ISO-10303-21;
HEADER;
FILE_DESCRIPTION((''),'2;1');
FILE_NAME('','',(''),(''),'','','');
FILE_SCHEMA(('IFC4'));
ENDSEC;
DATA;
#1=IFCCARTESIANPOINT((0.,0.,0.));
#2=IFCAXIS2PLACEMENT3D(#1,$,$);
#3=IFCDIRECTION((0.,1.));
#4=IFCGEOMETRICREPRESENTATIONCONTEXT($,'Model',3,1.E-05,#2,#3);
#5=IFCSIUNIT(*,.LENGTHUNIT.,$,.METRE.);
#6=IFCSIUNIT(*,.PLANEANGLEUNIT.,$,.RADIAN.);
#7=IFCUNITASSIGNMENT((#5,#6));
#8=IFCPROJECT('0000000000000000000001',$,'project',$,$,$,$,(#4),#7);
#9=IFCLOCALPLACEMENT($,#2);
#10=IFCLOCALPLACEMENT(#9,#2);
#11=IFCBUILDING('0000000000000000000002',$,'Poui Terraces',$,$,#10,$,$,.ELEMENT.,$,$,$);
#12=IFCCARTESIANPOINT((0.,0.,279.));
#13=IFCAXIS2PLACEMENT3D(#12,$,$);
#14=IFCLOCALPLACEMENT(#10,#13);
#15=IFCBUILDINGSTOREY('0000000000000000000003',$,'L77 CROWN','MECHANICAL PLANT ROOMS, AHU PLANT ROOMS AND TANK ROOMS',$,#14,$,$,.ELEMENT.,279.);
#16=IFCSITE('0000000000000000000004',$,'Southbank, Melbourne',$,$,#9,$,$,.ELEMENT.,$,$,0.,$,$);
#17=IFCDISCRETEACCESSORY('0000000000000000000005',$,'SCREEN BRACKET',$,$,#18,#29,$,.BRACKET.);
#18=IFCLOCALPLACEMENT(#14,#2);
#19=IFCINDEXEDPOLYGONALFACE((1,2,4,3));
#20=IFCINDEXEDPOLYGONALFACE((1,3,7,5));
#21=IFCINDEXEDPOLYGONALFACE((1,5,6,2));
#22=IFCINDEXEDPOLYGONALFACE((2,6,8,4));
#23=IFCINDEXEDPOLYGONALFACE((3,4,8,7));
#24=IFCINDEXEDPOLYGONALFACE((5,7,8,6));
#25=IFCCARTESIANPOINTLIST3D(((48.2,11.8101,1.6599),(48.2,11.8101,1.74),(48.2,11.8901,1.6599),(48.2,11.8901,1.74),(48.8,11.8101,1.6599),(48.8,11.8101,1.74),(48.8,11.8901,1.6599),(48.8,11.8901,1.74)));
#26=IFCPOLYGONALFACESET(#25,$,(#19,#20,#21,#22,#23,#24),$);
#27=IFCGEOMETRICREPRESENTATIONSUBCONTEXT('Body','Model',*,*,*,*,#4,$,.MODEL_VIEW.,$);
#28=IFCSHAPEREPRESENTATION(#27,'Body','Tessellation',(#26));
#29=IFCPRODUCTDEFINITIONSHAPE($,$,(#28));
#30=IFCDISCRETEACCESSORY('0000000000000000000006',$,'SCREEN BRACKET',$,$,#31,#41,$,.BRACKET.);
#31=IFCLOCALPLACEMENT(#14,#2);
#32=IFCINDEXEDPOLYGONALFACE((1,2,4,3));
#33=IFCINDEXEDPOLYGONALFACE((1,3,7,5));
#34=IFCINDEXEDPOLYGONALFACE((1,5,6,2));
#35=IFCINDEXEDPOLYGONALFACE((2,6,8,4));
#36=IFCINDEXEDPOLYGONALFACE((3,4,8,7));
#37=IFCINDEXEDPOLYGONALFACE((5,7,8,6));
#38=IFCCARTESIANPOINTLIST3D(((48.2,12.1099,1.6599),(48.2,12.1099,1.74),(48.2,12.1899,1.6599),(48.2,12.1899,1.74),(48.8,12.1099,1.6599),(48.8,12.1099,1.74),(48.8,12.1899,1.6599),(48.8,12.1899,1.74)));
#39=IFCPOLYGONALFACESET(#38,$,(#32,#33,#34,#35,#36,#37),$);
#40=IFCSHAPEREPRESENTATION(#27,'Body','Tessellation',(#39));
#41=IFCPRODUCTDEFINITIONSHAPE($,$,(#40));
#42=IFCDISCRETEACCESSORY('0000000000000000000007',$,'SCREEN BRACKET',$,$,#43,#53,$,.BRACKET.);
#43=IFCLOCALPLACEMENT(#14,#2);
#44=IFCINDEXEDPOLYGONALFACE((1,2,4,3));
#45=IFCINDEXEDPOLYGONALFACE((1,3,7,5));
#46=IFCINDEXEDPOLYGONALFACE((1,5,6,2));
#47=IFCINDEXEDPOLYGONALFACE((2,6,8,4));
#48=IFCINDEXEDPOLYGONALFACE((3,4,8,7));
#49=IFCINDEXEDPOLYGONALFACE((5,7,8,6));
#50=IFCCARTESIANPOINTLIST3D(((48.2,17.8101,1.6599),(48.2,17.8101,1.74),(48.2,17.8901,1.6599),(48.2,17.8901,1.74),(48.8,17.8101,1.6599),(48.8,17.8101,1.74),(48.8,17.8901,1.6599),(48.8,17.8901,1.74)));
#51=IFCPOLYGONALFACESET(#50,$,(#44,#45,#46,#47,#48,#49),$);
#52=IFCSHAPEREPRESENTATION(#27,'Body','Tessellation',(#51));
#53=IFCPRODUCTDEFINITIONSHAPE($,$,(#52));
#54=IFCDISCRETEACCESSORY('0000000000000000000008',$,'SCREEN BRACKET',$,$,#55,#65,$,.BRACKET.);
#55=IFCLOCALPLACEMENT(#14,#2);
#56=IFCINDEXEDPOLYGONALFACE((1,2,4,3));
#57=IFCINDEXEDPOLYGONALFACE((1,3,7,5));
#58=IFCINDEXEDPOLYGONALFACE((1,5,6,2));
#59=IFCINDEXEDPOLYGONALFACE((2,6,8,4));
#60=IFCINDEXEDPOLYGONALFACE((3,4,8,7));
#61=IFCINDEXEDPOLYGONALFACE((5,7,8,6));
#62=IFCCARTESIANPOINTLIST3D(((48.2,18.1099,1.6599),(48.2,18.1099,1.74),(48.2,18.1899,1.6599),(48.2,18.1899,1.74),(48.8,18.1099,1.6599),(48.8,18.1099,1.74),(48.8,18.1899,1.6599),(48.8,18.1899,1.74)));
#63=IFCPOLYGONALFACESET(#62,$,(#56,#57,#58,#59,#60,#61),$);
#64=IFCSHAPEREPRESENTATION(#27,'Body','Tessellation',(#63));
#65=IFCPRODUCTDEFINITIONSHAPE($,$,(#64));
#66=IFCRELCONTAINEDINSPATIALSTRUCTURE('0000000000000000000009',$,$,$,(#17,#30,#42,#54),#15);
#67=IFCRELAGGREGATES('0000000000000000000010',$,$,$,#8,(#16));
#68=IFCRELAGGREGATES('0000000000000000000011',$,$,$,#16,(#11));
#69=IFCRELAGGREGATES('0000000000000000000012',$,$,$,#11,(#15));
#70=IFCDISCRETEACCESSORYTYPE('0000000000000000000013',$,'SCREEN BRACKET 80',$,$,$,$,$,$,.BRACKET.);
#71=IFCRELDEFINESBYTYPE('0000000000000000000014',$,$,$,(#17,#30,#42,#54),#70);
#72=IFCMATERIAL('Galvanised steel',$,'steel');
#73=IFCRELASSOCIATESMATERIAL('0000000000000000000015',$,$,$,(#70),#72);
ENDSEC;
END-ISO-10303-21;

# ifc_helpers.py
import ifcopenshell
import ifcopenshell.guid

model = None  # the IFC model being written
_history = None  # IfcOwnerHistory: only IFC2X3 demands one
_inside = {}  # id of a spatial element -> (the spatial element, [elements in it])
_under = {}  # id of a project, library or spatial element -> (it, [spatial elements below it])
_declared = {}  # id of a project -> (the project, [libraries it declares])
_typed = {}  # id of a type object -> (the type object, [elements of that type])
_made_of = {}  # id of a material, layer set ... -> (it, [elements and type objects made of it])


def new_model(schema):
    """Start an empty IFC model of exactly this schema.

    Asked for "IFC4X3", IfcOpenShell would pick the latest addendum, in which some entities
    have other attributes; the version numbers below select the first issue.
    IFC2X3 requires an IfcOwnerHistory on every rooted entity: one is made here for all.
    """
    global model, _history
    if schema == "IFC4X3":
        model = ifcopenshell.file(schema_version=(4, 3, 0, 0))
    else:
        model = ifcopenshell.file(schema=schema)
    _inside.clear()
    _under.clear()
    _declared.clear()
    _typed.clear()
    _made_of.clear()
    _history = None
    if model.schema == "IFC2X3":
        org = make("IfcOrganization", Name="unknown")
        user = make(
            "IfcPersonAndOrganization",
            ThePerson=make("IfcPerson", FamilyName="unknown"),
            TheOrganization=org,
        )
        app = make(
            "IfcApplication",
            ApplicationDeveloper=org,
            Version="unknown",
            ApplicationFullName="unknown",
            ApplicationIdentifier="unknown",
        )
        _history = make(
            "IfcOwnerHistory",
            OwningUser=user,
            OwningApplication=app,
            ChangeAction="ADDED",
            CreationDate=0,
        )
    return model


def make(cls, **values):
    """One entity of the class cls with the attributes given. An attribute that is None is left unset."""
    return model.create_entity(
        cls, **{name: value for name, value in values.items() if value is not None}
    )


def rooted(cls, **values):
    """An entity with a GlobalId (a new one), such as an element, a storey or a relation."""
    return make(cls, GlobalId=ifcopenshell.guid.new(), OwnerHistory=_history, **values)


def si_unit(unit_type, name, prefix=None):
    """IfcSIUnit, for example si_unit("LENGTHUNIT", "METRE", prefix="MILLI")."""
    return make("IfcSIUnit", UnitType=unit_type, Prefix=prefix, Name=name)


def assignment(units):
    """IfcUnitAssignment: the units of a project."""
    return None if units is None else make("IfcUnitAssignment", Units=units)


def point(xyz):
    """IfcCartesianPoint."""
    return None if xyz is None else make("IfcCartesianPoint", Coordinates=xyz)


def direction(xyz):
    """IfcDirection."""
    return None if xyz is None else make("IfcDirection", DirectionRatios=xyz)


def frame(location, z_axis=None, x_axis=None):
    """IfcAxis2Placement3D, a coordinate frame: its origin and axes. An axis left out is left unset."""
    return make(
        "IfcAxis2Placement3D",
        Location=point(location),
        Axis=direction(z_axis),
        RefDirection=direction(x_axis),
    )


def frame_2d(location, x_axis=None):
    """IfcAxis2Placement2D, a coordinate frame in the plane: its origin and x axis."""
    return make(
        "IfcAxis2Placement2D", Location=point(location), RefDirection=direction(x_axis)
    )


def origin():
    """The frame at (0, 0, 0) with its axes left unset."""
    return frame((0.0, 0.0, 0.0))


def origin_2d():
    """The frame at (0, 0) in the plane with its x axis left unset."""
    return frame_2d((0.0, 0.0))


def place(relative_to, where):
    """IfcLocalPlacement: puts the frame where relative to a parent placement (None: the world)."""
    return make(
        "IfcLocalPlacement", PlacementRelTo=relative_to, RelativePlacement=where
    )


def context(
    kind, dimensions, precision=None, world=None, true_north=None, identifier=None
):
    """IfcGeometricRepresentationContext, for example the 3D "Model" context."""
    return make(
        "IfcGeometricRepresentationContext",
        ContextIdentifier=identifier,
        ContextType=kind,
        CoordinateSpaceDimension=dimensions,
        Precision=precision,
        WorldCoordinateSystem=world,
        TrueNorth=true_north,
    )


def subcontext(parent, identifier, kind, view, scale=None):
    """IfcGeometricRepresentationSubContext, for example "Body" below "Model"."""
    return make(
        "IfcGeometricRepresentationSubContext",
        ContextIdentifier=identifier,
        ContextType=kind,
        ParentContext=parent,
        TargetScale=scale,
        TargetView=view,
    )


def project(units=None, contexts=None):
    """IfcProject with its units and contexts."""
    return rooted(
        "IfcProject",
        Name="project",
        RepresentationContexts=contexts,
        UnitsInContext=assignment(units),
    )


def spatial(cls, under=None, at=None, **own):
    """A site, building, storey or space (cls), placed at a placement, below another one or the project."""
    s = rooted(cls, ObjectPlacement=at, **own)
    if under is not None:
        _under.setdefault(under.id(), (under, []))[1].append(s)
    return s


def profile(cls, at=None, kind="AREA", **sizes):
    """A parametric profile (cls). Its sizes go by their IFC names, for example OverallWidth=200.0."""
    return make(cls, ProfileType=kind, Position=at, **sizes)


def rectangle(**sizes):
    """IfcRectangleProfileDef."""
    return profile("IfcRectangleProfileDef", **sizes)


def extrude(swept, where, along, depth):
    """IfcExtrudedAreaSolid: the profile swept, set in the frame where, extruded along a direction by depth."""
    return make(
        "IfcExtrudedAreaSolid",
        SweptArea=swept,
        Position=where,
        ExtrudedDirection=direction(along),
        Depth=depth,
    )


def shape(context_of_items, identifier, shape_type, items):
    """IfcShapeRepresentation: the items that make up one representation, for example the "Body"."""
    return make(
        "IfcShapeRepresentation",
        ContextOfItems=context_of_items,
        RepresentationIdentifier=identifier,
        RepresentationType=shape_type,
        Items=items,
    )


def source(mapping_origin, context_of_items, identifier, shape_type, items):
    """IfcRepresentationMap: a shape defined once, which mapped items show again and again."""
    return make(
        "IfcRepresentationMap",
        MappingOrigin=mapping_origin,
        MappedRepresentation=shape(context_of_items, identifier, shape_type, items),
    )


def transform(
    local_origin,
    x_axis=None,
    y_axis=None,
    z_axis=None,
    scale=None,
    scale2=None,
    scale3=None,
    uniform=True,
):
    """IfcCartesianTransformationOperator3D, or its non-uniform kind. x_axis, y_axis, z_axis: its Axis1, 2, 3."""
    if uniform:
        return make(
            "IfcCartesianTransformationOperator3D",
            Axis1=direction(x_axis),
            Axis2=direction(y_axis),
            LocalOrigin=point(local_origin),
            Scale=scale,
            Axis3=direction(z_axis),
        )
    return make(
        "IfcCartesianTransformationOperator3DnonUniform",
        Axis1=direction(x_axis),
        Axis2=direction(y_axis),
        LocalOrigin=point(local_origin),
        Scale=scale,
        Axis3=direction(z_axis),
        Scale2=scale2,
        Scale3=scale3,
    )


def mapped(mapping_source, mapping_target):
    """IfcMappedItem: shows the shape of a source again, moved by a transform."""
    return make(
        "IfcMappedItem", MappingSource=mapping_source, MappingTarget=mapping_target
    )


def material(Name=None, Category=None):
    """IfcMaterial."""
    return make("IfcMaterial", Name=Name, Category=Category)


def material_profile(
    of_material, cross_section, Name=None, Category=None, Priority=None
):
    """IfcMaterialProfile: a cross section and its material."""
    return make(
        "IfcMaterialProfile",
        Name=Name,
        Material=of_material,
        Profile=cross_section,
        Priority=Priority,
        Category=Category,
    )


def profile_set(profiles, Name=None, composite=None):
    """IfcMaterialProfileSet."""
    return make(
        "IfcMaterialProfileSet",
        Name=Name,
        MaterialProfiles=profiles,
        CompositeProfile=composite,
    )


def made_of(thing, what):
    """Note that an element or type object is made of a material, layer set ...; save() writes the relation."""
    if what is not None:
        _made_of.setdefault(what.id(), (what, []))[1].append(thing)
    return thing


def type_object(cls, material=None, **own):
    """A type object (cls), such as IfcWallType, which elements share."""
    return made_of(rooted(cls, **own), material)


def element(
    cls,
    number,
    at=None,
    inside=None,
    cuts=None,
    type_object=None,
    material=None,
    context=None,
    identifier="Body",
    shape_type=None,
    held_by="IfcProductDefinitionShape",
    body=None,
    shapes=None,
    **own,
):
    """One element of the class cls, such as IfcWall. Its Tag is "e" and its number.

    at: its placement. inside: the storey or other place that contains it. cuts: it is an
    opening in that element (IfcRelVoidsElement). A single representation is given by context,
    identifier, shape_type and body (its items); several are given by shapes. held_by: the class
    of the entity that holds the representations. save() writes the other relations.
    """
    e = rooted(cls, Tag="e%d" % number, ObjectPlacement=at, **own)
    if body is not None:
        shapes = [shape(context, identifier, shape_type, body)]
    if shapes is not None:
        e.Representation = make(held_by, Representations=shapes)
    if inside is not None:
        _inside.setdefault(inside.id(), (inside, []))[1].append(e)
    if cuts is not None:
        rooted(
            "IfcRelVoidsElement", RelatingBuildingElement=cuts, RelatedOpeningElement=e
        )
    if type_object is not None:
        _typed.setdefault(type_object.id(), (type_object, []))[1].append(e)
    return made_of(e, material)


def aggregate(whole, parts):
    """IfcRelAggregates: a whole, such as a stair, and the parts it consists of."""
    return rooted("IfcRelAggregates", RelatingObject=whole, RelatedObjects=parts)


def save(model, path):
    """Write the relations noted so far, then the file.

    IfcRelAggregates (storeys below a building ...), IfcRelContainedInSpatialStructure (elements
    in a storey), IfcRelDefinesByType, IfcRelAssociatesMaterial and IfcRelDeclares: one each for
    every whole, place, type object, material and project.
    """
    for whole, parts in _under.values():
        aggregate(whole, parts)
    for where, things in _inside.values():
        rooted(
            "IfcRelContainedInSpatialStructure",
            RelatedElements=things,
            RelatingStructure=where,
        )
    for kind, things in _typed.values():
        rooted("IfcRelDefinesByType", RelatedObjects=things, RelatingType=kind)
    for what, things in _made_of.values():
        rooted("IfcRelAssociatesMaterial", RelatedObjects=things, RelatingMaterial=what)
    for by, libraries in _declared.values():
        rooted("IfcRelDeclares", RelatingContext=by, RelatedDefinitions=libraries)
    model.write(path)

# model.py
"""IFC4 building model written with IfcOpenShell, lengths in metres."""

from ifc_helpers import new_model, si_unit, direction, frame, origin, origin_2d, place, context, subcontext, project, spatial, rectangle, extrude, source, transform, mapped, material, material_profile, profile_set, type_object, element, save


model = new_model("IFC4")

# Units and contexts
model_context = context("Model", 3, precision=1e-05, world=origin(), true_north=direction((0.0, 1.0)))
body_context = subcontext(model_context, "Body", "Model", "MODEL_VIEW")
ifc_project = project(units=[si_unit("LENGTHUNIT", "METRE"), si_unit("PLANEANGLEUNIT", "RADIAN")], contexts=[model_context])

# Site, building, storey
site_placement = place(None, origin())
site = spatial("IfcSite", under=ifc_project, at=site_placement, Name="Southbank, Melbourne", CompositionType="ELEMENT", RefElevation=0.0)
building_placement = place(site_placement, origin())
building = spatial("IfcBuilding", under=site, at=building_placement, Name="Poui Terraces", CompositionType="ELEMENT")
storey_placement = place(building_placement, frame((0.0, 0.0, 279.0)))
storey = spatial("IfcBuildingStorey", under=building, at=storey_placement, Name="L77 CROWN", Description="MECHANICAL PLANT ROOMS, AHU PLANT ROOMS AND TANK ROOMS", CompositionType="ELEMENT", Elevation=279.0)

# Discrete accessories
ifc_material_1 = material(Name="Galvanised steel", Category="steel")
ifc_material_profile_1 = material_profile(ifc_material_1, rectangle(XDim=0.0801, YDim=0.0801, at=origin_2d()), Name="SCREEN BRACKET 80")
ifc_profile_set_1 = profile_set([ifc_material_profile_1], Name="Galvanised steel")
discrete_accessory_type = type_object("IfcDiscreteAccessoryType", Name="SCREEN BRACKET 80", PredefinedType="BRACKET", material=ifc_profile_set_1)
shared_shape_1 = source(origin(), body_context, "Body", "SweptSolid", [
    extrude(rectangle(XDim=0.0801, YDim=0.0801, at=origin_2d()), origin(), (0.0, 0.0, 1.0), 0.6001),
])
for number, where, z_axis, x_axis, name in (
    (1, (48.2, 11.8501, 1.7), (1.0, 0.0, 0.0), (0.0, 1.0, 0.0), "SCREEN BRACKET"),
    (2, (48.2, 12.1499, 1.7), (1.0, 0.0, 0.0), (0.0, 1.0, 0.0), "SCREEN BRACKET"),
    (3, (48.2, 17.8501, 1.7), (1.0, 0.0, 0.0), (0.0, 1.0, 0.0), "SCREEN BRACKET"),
    (4, (48.2, 18.1499, 1.7), (1.0, 0.0, 0.0), (0.0, 1.0, 0.0), "SCREEN BRACKET"),
):
    element("IfcDiscreteAccessory", number, at=place(storey_placement, frame(where, z_axis=z_axis, x_axis=x_axis)), inside=storey, type_object=discrete_accessory_type, Name=name, PredefinedType="BRACKET", context=body_context, shape_type="MappedRepresentation", body=[
        mapped(shared_shape_1, transform((0.0, 0.0, 0.0))),
    ])

save(model, "model.ifc")
